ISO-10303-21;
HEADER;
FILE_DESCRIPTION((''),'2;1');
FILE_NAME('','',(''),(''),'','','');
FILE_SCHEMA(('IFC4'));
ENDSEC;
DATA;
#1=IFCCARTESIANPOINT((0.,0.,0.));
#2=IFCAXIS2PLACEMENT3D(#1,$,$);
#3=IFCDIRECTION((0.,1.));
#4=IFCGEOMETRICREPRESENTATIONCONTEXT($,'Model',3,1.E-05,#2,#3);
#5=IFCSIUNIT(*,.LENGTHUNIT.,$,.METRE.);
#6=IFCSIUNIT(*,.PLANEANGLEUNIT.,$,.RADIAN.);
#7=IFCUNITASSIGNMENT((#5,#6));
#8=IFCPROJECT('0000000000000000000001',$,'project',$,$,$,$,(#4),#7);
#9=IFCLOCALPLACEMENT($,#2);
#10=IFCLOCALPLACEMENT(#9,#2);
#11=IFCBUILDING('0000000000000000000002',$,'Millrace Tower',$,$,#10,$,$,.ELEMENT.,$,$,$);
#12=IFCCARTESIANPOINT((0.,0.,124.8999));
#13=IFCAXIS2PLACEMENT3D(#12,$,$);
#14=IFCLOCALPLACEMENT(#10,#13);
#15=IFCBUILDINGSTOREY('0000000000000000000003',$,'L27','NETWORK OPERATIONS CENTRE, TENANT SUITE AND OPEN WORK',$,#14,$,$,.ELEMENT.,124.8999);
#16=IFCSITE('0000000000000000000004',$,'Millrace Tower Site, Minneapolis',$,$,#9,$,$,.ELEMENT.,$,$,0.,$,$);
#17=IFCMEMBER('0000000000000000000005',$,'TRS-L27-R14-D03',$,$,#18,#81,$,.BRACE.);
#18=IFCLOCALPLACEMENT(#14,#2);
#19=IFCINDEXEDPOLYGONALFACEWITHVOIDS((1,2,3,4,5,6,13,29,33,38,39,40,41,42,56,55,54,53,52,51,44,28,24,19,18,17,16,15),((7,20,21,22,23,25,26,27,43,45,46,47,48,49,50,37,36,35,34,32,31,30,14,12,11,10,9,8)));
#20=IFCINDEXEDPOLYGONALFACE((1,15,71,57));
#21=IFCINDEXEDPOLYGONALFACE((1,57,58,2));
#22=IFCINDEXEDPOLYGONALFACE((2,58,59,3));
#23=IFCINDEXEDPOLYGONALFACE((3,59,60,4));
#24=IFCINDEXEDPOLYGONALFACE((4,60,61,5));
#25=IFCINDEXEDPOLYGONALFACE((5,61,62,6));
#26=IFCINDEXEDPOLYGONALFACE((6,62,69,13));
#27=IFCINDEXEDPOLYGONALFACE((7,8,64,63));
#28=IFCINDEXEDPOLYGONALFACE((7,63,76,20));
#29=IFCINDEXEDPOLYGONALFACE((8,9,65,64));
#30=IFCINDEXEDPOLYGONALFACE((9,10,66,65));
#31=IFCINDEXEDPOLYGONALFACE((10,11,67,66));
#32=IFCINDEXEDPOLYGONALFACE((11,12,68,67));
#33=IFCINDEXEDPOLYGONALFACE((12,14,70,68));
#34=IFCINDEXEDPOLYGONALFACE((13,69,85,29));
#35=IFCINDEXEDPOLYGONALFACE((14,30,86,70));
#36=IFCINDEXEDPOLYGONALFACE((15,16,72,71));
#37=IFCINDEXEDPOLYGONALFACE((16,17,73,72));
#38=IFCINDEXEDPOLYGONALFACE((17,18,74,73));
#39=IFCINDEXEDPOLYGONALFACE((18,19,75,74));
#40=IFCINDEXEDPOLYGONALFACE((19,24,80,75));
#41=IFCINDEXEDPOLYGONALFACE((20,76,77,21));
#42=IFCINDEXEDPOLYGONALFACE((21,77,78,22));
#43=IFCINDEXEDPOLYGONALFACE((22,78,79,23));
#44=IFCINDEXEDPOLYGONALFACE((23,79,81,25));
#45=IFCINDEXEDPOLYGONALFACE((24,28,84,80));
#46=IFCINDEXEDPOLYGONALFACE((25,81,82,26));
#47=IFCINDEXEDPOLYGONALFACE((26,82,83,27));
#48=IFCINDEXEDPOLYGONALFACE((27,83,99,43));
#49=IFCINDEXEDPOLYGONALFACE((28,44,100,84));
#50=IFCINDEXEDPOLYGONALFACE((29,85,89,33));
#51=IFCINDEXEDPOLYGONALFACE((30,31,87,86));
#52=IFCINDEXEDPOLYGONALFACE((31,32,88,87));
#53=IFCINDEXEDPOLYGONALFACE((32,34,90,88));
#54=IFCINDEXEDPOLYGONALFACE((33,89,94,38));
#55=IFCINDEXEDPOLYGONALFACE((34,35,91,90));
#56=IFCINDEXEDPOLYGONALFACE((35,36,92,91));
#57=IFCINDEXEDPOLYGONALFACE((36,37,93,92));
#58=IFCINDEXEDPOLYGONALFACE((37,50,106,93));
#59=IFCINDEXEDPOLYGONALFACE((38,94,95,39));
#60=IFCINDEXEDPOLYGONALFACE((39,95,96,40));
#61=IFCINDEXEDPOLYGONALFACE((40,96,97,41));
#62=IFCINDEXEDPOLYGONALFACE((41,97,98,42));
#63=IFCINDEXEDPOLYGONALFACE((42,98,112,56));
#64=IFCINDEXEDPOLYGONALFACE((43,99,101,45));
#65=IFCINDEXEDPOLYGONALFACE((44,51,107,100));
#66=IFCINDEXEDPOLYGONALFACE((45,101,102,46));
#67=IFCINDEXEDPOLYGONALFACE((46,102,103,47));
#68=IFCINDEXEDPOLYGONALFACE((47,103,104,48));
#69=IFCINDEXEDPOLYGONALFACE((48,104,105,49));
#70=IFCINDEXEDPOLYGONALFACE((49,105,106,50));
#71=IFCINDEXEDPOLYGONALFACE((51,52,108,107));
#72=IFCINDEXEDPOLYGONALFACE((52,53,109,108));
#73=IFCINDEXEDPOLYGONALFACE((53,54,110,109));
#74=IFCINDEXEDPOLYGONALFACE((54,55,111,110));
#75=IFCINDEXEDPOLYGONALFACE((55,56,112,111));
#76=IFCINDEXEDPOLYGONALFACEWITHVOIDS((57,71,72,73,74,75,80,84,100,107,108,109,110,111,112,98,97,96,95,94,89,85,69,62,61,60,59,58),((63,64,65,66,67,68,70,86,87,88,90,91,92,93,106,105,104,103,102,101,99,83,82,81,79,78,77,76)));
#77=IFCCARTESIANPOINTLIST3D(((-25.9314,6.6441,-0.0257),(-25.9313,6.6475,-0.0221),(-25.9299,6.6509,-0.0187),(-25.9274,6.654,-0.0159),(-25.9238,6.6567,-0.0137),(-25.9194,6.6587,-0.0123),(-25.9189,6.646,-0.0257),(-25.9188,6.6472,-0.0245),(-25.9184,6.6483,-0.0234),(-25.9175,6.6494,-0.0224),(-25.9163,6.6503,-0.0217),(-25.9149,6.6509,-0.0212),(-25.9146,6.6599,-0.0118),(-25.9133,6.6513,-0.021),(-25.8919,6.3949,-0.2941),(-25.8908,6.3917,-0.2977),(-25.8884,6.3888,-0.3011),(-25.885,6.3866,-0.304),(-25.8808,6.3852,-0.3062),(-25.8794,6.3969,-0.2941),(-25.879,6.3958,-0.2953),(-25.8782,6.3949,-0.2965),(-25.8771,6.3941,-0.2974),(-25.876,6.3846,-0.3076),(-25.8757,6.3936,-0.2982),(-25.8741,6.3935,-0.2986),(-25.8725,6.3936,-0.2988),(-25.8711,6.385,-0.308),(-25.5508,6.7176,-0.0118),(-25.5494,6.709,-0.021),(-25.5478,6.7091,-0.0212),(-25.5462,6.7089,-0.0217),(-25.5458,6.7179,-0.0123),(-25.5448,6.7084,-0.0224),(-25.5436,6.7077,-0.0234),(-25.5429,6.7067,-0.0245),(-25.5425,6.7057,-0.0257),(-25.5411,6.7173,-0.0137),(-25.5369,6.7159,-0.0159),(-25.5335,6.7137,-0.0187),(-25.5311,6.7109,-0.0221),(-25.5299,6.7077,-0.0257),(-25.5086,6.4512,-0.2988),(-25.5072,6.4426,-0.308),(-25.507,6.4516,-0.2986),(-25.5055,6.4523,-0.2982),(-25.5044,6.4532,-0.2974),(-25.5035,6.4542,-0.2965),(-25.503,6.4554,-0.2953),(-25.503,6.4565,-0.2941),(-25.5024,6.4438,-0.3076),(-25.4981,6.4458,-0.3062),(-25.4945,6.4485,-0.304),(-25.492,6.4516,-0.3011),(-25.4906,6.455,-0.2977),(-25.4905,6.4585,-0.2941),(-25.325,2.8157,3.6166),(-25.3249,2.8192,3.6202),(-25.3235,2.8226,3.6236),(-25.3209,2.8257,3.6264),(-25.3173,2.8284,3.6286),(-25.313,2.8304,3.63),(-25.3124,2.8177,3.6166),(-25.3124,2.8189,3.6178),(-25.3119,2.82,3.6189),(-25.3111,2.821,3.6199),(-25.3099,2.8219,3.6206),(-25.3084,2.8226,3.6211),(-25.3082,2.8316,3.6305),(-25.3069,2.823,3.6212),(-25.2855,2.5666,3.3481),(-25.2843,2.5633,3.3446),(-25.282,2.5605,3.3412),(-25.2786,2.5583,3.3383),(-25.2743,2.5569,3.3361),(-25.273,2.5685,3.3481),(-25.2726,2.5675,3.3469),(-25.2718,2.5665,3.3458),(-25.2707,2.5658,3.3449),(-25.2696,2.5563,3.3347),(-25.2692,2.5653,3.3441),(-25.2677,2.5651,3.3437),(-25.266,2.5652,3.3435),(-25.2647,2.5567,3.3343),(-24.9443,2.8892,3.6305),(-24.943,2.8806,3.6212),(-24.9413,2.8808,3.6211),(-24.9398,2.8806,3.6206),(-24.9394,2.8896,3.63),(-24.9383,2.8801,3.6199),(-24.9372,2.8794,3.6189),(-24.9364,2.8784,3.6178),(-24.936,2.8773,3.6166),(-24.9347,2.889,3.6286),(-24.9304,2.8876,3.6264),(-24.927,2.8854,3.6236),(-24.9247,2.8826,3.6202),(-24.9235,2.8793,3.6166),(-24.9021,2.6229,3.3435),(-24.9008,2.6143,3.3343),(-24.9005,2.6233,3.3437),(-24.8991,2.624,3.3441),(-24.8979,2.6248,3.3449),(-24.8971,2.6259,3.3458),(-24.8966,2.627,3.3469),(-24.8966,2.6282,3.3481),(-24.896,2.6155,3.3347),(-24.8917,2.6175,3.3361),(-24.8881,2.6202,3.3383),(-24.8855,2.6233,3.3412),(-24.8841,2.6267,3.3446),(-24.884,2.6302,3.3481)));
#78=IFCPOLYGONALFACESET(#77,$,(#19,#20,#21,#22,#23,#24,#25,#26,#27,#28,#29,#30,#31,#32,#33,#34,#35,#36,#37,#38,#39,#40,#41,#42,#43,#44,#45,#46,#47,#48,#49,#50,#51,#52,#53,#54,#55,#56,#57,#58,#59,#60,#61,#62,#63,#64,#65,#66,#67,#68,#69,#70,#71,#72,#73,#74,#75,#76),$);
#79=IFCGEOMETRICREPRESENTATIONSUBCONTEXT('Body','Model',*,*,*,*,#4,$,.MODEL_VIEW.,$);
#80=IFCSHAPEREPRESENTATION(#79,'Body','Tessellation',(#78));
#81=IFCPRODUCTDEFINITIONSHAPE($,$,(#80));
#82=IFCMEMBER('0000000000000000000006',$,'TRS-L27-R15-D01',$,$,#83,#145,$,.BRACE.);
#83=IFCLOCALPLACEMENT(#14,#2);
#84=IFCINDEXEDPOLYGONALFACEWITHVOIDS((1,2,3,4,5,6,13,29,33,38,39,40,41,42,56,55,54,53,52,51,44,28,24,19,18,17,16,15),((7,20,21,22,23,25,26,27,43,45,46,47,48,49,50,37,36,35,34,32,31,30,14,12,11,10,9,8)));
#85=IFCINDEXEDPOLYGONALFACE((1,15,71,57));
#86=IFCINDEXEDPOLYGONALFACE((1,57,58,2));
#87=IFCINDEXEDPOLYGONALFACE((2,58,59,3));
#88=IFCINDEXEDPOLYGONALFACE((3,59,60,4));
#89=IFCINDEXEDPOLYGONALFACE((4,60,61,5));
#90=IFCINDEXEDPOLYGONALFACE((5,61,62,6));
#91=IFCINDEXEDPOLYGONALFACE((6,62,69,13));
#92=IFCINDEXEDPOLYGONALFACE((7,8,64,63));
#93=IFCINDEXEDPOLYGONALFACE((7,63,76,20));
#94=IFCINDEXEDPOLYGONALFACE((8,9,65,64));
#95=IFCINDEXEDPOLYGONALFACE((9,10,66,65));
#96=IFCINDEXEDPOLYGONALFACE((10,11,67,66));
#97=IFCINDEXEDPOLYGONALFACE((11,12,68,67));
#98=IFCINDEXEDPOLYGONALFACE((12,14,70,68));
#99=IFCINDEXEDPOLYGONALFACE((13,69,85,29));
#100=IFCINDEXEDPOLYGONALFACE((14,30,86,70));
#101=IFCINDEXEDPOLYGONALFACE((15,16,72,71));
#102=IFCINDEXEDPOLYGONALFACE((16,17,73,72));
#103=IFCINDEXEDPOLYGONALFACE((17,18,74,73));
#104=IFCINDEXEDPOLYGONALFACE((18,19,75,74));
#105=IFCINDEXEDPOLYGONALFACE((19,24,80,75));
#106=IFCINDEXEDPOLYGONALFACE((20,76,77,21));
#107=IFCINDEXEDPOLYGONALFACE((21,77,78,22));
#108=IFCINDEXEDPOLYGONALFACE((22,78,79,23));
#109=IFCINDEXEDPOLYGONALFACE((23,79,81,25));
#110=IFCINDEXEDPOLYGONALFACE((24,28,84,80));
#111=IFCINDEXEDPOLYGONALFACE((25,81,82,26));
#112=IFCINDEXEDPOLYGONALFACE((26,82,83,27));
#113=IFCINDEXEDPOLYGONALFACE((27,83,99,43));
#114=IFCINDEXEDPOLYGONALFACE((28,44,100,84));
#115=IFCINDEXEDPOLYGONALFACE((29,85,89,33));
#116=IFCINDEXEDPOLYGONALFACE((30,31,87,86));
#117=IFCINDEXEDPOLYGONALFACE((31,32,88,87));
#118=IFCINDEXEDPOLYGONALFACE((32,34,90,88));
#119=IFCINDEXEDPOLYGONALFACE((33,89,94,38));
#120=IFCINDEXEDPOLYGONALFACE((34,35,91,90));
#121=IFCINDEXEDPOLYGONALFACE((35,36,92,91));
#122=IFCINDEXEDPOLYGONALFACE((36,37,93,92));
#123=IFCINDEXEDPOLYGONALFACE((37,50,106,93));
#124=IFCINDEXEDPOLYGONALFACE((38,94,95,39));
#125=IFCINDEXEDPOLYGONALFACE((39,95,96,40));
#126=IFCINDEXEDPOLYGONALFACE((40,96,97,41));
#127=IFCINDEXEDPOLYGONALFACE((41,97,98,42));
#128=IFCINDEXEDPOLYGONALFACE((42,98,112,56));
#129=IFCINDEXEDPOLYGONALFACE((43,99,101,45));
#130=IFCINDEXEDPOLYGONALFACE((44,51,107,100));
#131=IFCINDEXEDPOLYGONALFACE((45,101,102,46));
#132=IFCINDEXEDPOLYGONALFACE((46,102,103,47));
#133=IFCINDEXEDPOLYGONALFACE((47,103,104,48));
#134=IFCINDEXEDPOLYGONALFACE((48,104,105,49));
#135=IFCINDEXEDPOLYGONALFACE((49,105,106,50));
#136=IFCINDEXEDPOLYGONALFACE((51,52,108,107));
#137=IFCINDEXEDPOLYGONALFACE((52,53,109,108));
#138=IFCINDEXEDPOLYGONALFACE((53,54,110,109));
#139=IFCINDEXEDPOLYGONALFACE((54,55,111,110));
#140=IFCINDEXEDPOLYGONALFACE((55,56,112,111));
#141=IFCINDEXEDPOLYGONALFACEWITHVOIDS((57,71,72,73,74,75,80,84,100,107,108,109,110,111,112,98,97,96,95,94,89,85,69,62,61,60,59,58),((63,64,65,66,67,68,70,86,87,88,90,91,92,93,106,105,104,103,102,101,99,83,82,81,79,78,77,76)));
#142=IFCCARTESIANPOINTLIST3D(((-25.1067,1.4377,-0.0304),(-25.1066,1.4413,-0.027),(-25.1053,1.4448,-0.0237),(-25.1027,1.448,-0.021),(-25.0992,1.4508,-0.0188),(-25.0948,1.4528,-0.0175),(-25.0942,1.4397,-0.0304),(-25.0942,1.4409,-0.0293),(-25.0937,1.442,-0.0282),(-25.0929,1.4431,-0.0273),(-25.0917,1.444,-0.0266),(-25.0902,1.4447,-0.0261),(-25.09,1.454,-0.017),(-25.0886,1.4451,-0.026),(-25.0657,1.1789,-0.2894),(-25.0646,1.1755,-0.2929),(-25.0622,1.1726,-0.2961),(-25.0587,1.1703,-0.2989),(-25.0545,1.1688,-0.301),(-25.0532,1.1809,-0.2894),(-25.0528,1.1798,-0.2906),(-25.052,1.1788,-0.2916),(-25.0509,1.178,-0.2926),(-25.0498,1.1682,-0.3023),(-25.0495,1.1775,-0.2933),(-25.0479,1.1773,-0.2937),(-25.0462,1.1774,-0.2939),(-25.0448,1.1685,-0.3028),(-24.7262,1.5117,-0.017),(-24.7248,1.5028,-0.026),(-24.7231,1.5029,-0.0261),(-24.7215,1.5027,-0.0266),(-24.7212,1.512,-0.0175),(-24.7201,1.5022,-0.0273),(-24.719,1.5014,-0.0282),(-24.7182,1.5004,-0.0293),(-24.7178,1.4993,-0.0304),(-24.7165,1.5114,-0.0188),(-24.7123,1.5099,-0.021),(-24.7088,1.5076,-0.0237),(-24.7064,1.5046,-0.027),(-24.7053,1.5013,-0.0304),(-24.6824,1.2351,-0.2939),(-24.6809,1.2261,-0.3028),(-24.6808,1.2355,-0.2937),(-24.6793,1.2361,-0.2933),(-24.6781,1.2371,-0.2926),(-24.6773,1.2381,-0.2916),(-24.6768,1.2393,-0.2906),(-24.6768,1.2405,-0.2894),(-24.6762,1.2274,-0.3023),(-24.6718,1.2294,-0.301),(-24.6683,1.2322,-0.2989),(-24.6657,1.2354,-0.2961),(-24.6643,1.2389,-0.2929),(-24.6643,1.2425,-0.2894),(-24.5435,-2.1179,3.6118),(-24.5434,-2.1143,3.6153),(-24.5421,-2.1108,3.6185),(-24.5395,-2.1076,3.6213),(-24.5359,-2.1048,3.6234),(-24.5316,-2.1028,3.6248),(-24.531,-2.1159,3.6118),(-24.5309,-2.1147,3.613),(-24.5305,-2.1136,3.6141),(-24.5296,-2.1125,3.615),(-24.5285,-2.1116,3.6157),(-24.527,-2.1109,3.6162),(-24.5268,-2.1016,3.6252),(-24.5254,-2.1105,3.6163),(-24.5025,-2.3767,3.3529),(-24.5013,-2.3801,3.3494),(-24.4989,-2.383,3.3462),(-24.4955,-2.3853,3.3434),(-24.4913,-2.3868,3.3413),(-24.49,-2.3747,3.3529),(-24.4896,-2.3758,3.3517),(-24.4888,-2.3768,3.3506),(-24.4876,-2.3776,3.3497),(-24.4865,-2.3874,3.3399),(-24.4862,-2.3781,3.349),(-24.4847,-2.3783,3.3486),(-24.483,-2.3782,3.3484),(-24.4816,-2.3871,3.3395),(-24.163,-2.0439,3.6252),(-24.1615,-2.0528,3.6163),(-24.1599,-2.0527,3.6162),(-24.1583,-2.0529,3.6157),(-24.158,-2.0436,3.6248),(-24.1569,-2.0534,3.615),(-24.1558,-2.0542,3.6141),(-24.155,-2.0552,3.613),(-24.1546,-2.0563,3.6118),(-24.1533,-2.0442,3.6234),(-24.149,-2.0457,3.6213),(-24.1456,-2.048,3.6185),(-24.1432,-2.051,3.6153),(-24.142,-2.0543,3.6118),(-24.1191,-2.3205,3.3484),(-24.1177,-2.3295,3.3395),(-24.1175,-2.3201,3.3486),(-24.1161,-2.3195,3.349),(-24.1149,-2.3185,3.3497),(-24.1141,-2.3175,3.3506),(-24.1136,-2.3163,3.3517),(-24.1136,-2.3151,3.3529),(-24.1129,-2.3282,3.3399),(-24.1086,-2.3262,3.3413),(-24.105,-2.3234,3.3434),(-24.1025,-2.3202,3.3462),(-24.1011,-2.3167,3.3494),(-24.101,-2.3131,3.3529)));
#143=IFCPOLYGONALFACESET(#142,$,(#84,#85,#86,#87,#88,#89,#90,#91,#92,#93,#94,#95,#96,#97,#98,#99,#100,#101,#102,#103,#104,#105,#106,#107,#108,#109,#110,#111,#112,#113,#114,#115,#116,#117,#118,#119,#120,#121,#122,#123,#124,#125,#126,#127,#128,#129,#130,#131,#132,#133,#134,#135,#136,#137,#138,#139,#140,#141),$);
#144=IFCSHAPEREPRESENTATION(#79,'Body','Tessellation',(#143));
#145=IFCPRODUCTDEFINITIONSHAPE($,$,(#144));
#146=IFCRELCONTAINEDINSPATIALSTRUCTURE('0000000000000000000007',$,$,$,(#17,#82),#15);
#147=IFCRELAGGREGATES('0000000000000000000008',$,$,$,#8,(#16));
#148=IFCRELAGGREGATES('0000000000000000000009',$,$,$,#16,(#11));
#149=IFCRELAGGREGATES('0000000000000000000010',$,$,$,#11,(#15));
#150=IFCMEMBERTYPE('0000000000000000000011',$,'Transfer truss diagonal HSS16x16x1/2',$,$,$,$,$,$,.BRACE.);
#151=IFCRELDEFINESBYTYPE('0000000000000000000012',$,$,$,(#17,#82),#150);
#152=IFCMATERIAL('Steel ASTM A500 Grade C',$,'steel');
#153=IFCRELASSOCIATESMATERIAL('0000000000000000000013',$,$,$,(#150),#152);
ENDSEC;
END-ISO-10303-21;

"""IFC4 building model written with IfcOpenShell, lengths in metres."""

from ifc_helpers import new_model, si_unit, direction, frame, origin, origin_2d, place, context, subcontext, project, spatial, hollow_rectangle, extrude, material, material_profile, profile_set, type_object, element, save


model = new_model("IFC4")

# Units and contexts
model_context = context("Model", 3, precision=1e-05, world=origin(), true_north=direction((0.0, 1.0)))
body_context = subcontext(model_context, "Body", "Model", "MODEL_VIEW")
ifc_project = project(units=[si_unit("LENGTHUNIT", "METRE"), si_unit("PLANEANGLEUNIT", "RADIAN")], contexts=[model_context])

# Site, building, storey
site_placement = place(None, origin())
site = spatial("IfcSite", under=ifc_project, at=site_placement, Name="Millrace Tower Site, Minneapolis", CompositionType="ELEMENT", RefElevation=0.0)
building_placement = place(site_placement, origin())
building = spatial("IfcBuilding", under=site, at=building_placement, Name="Millrace Tower", CompositionType="ELEMENT")
storey_placement = place(building_placement, frame((0.0, 0.0, 124.8999)))
storey = spatial("IfcBuildingStorey", under=building, at=storey_placement, Name="L27", Description="NETWORK OPERATIONS CENTRE, TENANT SUITE AND OPEN WORK", CompositionType="ELEMENT", Elevation=124.8999)

# Members
ifc_material_1 = material(Name="Steel ASTM A500 Grade C", Category="steel")
ifc_material_profile_1 = material_profile(ifc_material_1, hollow_rectangle(XDim=0.4065, YDim=0.4065, WallThickness=0.0127, InnerFilletRadius=0.0063, OuterFilletRadius=0.019, at=origin_2d()))
ifc_profile_set_1 = profile_set([ifc_material_profile_1], Name="Steel ASTM A500 Grade C")
member_type_1 = type_object("IfcMemberType", Name="Transfer truss diagonal HSS16x16x1/2", PredefinedType="BRACE", material=ifc_profile_set_1)
member_1_placement = place(storey_placement, frame((-25.7109, 6.5513, -0.1599), z_axis=(0.114017, -0.719766, 0.68479), x_axis=(0.987685, 0.156457, 0.0)))
element("IfcMember", 1, at=member_1_placement, inside=storey, type_object=member_type_1, Name="TRS-L27-R14-D03", PredefinedType="BRACE", context=body_context, shape_type="SweptSolid", body=[
    extrude(hollow_rectangle(XDim=0.4065, YDim=0.4065, WallThickness=0.0127, InnerFilletRadius=0.0063, OuterFilletRadius=0.019, at=origin_2d()), origin(), (0.0, 0.0, 1.0), 5.3188),
])
member_2_placement = place(storey_placement, frame((-24.8855, 1.3401, -0.1599), z_axis=(0.109981, -0.694304, 0.711228), x_axis=(0.987685, 0.156454, 0.0)))
element("IfcMember", 2, at=member_2_placement, inside=storey, type_object=member_type_1, Name="TRS-L27-R15-D01", PredefinedType="BRACE", context=body_context, shape_type="SweptSolid", body=[
    extrude(hollow_rectangle(XDim=0.4065, YDim=0.4065, WallThickness=0.0127, InnerFilletRadius=0.0063, OuterFilletRadius=0.019, at=origin_2d()), origin(), (0.0, 0.0, 1.0), 5.1211),
])

save(model, "model.ifc")
